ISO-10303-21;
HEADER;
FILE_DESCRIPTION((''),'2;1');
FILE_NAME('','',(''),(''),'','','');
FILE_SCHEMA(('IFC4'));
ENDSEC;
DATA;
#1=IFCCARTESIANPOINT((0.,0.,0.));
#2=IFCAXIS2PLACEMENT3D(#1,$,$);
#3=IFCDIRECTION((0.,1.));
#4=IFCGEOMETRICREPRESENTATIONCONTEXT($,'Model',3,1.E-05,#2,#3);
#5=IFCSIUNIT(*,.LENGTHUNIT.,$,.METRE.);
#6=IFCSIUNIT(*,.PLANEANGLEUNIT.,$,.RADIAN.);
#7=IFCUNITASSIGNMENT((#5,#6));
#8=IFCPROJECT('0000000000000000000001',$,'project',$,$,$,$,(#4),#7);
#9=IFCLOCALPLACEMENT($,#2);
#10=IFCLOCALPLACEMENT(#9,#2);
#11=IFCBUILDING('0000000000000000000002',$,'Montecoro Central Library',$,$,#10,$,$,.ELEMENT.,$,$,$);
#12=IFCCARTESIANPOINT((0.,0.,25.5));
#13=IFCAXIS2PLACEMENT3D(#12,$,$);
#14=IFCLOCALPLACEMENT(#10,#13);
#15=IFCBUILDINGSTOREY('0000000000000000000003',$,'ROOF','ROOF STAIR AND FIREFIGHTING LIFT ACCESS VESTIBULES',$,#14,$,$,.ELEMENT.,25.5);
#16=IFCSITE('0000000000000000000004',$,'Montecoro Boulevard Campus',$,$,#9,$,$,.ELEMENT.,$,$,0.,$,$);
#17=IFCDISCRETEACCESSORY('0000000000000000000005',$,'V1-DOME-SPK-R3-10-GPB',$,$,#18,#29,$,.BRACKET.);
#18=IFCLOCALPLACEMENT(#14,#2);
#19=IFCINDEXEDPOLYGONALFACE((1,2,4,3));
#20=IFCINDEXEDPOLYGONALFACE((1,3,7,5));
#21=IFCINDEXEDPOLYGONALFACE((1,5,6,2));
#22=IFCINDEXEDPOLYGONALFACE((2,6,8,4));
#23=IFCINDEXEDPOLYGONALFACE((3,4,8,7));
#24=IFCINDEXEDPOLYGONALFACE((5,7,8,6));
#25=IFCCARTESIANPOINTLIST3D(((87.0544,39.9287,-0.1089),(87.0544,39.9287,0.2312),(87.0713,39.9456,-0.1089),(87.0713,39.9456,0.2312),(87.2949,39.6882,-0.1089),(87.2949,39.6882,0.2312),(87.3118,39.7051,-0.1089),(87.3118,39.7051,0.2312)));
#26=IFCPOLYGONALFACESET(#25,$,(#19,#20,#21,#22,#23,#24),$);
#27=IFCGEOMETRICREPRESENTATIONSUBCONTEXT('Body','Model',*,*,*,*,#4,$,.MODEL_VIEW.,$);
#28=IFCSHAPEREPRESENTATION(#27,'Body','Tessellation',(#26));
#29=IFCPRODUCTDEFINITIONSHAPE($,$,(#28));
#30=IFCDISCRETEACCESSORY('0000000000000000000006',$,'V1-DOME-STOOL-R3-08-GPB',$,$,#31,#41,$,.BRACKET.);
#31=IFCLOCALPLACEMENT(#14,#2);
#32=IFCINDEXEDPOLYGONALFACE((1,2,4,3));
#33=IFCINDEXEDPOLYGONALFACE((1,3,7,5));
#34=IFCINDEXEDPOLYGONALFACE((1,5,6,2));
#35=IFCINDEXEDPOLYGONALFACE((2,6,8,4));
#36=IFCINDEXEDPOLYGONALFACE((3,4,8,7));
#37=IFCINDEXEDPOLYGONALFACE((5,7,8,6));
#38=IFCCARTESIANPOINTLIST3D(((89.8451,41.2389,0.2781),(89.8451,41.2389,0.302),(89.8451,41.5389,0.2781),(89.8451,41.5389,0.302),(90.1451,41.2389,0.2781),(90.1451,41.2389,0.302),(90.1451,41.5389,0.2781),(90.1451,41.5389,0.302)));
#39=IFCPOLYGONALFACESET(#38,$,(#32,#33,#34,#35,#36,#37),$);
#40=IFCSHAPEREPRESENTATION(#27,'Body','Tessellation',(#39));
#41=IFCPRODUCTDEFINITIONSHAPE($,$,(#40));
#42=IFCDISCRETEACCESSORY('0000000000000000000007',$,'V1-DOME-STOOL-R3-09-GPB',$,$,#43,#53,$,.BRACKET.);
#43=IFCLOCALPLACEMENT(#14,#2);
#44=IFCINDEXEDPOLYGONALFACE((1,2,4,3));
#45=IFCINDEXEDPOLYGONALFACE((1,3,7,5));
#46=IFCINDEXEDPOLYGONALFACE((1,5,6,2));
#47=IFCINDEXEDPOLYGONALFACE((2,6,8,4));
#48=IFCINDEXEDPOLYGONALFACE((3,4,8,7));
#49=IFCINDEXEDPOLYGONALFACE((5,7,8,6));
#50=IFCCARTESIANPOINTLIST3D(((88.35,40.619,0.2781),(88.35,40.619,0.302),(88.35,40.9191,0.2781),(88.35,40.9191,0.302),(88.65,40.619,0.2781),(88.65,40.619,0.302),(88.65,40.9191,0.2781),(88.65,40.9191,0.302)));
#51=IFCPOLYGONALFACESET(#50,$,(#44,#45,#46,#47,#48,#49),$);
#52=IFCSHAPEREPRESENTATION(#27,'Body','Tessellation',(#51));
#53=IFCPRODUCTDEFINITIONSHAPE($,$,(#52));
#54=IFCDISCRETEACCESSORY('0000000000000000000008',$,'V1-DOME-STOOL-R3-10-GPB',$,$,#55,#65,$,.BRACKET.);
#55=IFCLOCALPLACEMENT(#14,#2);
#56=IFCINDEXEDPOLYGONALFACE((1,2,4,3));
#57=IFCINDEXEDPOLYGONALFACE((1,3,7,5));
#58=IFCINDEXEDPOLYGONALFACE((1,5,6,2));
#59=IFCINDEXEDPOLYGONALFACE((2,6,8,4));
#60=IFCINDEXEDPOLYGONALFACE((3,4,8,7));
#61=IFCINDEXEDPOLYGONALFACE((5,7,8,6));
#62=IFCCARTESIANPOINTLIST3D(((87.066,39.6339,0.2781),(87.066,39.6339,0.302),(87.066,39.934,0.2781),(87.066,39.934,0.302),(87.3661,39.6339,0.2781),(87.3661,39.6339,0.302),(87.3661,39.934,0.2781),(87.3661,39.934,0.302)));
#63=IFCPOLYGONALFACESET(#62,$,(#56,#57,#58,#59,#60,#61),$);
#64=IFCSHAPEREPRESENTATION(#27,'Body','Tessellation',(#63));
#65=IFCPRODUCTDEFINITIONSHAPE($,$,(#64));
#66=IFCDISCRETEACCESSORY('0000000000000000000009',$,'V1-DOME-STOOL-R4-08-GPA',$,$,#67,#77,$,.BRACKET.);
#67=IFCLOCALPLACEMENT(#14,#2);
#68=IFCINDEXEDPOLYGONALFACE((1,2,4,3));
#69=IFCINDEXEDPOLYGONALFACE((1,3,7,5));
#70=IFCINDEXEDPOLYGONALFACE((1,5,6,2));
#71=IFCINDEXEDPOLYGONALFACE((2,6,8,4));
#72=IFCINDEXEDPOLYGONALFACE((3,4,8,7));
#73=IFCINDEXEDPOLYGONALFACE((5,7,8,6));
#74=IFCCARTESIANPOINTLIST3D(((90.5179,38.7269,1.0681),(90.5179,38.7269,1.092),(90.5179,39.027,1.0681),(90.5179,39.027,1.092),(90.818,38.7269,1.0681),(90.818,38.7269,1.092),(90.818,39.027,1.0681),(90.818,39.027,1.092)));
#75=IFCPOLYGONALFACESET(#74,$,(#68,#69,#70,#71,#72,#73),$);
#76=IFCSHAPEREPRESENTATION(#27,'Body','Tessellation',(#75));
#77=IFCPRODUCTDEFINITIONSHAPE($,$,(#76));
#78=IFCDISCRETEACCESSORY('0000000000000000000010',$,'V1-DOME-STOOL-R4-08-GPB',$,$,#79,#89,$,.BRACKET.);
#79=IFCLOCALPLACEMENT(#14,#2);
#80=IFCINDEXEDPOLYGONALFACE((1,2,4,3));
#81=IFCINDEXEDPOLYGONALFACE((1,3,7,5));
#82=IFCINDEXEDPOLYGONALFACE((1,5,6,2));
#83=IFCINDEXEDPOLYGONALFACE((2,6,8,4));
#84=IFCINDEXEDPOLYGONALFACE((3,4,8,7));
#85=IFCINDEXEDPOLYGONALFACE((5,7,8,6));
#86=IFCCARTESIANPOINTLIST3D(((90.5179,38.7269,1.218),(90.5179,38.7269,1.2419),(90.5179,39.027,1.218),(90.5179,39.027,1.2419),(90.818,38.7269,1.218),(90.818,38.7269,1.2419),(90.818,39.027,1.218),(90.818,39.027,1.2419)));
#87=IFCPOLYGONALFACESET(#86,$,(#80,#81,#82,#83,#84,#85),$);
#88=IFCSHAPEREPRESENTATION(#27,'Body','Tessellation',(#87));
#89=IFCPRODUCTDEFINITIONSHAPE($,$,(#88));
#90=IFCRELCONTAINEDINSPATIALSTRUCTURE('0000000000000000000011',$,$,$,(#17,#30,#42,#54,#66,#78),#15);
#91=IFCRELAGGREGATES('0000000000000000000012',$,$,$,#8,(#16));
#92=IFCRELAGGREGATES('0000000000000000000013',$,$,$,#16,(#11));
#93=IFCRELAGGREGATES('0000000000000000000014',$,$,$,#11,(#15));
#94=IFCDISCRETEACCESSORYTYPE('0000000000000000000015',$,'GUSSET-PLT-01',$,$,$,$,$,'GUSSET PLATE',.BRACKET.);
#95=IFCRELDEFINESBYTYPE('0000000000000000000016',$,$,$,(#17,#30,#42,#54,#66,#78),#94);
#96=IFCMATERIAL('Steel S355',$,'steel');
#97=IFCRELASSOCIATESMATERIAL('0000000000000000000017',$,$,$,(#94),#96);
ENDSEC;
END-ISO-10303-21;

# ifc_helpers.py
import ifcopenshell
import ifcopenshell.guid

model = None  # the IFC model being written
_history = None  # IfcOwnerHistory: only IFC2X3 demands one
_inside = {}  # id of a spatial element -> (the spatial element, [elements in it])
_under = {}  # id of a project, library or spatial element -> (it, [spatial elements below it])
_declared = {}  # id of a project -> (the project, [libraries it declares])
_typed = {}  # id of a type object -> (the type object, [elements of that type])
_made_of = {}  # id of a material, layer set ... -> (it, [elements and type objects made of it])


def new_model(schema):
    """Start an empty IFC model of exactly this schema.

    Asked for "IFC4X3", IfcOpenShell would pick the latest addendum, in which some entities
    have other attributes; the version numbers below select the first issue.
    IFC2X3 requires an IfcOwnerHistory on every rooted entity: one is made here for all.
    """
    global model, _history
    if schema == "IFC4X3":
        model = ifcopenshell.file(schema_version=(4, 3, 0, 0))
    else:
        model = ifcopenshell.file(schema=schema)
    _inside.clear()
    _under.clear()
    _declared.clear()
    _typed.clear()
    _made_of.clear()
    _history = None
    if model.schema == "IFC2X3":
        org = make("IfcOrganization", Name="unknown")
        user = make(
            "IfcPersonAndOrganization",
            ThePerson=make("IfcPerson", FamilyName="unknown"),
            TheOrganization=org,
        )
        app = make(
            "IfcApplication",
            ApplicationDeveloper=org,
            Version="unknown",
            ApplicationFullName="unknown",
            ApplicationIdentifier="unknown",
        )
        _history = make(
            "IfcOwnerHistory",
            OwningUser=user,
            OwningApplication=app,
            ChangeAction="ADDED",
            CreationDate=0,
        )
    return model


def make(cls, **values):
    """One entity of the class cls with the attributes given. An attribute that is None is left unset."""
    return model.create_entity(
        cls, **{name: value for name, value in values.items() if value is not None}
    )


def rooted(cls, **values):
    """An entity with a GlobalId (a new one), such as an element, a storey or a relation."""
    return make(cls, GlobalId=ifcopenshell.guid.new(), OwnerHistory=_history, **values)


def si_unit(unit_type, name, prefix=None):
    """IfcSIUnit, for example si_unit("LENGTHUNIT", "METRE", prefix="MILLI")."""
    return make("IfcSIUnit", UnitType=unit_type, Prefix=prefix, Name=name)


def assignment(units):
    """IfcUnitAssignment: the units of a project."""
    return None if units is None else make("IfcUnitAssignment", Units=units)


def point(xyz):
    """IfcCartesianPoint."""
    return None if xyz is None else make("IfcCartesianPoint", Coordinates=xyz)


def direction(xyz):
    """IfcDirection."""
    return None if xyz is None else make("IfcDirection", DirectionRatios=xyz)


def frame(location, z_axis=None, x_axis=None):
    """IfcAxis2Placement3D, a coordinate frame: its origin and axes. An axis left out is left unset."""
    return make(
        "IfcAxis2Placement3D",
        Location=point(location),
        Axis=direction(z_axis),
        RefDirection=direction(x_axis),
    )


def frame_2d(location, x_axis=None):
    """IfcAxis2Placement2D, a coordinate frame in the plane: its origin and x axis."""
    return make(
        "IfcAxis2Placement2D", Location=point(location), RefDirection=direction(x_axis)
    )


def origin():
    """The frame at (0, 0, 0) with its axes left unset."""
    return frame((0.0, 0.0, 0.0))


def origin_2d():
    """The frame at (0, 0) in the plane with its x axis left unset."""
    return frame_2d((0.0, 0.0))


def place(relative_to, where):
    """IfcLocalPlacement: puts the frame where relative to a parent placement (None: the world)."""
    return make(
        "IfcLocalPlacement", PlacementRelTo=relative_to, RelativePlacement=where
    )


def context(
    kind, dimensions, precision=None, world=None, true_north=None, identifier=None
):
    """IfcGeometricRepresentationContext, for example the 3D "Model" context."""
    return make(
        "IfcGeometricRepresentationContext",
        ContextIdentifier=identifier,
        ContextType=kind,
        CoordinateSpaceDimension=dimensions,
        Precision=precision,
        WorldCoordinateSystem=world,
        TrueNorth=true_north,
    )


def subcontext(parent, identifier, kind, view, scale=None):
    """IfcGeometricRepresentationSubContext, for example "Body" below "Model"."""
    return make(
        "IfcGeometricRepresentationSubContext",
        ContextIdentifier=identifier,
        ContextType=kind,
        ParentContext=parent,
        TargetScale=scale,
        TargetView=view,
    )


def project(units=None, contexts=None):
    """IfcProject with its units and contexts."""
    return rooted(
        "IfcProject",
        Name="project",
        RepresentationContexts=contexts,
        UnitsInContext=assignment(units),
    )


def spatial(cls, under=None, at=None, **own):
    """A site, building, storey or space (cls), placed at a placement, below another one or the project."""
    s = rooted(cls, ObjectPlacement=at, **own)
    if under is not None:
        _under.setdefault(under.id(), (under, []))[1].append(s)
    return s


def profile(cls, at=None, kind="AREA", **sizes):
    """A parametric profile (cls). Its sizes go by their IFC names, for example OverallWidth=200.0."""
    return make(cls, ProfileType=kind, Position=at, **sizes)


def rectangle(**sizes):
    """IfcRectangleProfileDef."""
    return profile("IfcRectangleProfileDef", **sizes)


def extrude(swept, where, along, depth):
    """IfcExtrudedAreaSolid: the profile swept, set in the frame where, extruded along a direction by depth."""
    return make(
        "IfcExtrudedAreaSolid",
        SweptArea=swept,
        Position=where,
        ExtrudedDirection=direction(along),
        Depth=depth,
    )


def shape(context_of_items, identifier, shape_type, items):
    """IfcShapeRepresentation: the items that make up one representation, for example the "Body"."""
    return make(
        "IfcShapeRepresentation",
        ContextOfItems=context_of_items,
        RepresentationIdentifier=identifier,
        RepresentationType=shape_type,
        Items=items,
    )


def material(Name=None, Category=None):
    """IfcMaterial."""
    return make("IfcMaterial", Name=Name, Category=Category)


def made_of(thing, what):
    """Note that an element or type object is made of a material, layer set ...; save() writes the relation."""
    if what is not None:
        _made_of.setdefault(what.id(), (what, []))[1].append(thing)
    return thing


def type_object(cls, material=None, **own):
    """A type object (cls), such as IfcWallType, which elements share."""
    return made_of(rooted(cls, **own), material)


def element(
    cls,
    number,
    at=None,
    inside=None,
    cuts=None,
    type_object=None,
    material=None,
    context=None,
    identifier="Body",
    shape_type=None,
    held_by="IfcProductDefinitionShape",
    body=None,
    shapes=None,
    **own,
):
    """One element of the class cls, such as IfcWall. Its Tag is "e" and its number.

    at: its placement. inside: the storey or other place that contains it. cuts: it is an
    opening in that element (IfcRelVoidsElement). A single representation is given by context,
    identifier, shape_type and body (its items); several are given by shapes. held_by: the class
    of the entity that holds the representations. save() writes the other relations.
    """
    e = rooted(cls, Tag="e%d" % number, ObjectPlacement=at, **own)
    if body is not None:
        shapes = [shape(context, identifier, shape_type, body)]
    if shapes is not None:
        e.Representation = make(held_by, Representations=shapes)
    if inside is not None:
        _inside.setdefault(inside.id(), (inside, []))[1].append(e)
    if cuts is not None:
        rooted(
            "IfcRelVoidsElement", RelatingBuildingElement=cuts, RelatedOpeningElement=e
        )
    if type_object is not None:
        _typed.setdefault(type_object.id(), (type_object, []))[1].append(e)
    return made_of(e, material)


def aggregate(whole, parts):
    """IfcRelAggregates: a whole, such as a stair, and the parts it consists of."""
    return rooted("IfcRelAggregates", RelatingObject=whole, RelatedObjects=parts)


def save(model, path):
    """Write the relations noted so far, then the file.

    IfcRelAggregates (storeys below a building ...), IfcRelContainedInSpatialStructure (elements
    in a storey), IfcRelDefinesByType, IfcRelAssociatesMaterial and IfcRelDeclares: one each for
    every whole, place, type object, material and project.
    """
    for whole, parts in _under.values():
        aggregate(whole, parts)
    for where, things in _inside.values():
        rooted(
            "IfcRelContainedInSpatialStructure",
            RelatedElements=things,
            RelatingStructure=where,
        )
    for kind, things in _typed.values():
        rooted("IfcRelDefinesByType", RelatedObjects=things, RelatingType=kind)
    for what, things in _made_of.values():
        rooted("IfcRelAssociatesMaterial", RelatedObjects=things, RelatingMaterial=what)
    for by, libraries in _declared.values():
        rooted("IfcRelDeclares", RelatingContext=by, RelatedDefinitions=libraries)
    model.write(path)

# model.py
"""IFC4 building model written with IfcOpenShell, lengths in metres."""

from ifc_helpers import new_model, si_unit, direction, frame, origin, origin_2d, place, context, subcontext, project, spatial, rectangle, extrude, material, type_object, element, save


model = new_model("IFC4")

# Units and contexts
model_context = context("Model", 3, precision=1e-05, world=origin(), true_north=direction((0.0, 1.0)))
body_context = subcontext(model_context, "Body", "Model", "MODEL_VIEW")
ifc_project = project(units=[si_unit("LENGTHUNIT", "METRE"), si_unit("PLANEANGLEUNIT", "RADIAN")], contexts=[model_context])

# Site, building, storey
site_placement = place(None, origin())
site = spatial("IfcSite", under=ifc_project, at=site_placement, Name="Montecoro Boulevard Campus", CompositionType="ELEMENT", RefElevation=0.0)
building_placement = place(site_placement, origin())
building = spatial("IfcBuilding", under=site, at=building_placement, Name="Montecoro Central Library", CompositionType="ELEMENT")
storey_placement = place(building_placement, frame((0.0, 0.0, 25.5)))
storey = spatial("IfcBuildingStorey", under=building, at=storey_placement, Name="ROOF", Description="ROOF STAIR AND FIREFIGHTING LIFT ACCESS VESTIBULES", CompositionType="ELEMENT", Elevation=25.5)

# Shared definitions
ifc_material_1 = material(Name="Steel S355", Category="steel")

# Discrete accessories
discrete_accessory_type = type_object("IfcDiscreteAccessoryType", Name="GUSSET-PLT-01", ElementType="GUSSET PLATE", PredefinedType="BRACKET", material=ifc_material_1)
for number, where, z_axis, x_axis, name in (
    (1, (87.1831, 39.8169, -0.1089), (0.0, 0.0, 1.0), (0.707107, -0.707107, 0.0), "V1-DOME-SPK-R3-10-GPB"),
):
    element("IfcDiscreteAccessory", number, at=place(storey_placement, frame(where, z_axis=z_axis, x_axis=x_axis)), inside=storey, type_object=discrete_accessory_type, Name=name, PredefinedType="BRACKET", context=body_context, shape_type="SweptSolid", body=[
        extrude(rectangle(XDim=0.3401, YDim=0.0239, at=origin_2d()), origin(), (0.0, 0.0, 1.0), 0.3401),
    ])
for number, where, z_axis, x_axis, name in (
    (2, (89.9951, 41.3889, 0.2781), (0.0, 0.0, 1.0), (1.0, 0.0, 0.0), "V1-DOME-STOOL-R3-08-GPB"),
    (3, (88.5, 40.769, 0.2781), (0.0, 0.0, 1.0), (1.0, 0.0, 0.0), "V1-DOME-STOOL-R3-09-GPB"),
    (4, (87.2161, 39.7839, 0.2781), (0.0, 0.0, 1.0), (1.0, 0.0, 0.0), "V1-DOME-STOOL-R3-10-GPB"),
    (5, (90.668, 38.877, 1.0681), (0.0, 0.0, 1.0), (1.0, 0.0, 0.0), "V1-DOME-STOOL-R4-08-GPA"),
    (6, (90.668, 38.877, 1.218), (0.0, 0.0, 1.0), (1.0, 0.0, 0.0), "V1-DOME-STOOL-R4-08-GPB"),
):
    element("IfcDiscreteAccessory", number, at=place(storey_placement, frame(where, z_axis=z_axis, x_axis=x_axis)), inside=storey, type_object=discrete_accessory_type, Name=name, PredefinedType="BRACKET", context=body_context, shape_type="SweptSolid", body=[
        extrude(rectangle(XDim=0.3, YDim=0.3, at=origin_2d()), origin(), (0.0, 0.0, 1.0), 0.0239),
    ])

save(model, "model.ifc")
